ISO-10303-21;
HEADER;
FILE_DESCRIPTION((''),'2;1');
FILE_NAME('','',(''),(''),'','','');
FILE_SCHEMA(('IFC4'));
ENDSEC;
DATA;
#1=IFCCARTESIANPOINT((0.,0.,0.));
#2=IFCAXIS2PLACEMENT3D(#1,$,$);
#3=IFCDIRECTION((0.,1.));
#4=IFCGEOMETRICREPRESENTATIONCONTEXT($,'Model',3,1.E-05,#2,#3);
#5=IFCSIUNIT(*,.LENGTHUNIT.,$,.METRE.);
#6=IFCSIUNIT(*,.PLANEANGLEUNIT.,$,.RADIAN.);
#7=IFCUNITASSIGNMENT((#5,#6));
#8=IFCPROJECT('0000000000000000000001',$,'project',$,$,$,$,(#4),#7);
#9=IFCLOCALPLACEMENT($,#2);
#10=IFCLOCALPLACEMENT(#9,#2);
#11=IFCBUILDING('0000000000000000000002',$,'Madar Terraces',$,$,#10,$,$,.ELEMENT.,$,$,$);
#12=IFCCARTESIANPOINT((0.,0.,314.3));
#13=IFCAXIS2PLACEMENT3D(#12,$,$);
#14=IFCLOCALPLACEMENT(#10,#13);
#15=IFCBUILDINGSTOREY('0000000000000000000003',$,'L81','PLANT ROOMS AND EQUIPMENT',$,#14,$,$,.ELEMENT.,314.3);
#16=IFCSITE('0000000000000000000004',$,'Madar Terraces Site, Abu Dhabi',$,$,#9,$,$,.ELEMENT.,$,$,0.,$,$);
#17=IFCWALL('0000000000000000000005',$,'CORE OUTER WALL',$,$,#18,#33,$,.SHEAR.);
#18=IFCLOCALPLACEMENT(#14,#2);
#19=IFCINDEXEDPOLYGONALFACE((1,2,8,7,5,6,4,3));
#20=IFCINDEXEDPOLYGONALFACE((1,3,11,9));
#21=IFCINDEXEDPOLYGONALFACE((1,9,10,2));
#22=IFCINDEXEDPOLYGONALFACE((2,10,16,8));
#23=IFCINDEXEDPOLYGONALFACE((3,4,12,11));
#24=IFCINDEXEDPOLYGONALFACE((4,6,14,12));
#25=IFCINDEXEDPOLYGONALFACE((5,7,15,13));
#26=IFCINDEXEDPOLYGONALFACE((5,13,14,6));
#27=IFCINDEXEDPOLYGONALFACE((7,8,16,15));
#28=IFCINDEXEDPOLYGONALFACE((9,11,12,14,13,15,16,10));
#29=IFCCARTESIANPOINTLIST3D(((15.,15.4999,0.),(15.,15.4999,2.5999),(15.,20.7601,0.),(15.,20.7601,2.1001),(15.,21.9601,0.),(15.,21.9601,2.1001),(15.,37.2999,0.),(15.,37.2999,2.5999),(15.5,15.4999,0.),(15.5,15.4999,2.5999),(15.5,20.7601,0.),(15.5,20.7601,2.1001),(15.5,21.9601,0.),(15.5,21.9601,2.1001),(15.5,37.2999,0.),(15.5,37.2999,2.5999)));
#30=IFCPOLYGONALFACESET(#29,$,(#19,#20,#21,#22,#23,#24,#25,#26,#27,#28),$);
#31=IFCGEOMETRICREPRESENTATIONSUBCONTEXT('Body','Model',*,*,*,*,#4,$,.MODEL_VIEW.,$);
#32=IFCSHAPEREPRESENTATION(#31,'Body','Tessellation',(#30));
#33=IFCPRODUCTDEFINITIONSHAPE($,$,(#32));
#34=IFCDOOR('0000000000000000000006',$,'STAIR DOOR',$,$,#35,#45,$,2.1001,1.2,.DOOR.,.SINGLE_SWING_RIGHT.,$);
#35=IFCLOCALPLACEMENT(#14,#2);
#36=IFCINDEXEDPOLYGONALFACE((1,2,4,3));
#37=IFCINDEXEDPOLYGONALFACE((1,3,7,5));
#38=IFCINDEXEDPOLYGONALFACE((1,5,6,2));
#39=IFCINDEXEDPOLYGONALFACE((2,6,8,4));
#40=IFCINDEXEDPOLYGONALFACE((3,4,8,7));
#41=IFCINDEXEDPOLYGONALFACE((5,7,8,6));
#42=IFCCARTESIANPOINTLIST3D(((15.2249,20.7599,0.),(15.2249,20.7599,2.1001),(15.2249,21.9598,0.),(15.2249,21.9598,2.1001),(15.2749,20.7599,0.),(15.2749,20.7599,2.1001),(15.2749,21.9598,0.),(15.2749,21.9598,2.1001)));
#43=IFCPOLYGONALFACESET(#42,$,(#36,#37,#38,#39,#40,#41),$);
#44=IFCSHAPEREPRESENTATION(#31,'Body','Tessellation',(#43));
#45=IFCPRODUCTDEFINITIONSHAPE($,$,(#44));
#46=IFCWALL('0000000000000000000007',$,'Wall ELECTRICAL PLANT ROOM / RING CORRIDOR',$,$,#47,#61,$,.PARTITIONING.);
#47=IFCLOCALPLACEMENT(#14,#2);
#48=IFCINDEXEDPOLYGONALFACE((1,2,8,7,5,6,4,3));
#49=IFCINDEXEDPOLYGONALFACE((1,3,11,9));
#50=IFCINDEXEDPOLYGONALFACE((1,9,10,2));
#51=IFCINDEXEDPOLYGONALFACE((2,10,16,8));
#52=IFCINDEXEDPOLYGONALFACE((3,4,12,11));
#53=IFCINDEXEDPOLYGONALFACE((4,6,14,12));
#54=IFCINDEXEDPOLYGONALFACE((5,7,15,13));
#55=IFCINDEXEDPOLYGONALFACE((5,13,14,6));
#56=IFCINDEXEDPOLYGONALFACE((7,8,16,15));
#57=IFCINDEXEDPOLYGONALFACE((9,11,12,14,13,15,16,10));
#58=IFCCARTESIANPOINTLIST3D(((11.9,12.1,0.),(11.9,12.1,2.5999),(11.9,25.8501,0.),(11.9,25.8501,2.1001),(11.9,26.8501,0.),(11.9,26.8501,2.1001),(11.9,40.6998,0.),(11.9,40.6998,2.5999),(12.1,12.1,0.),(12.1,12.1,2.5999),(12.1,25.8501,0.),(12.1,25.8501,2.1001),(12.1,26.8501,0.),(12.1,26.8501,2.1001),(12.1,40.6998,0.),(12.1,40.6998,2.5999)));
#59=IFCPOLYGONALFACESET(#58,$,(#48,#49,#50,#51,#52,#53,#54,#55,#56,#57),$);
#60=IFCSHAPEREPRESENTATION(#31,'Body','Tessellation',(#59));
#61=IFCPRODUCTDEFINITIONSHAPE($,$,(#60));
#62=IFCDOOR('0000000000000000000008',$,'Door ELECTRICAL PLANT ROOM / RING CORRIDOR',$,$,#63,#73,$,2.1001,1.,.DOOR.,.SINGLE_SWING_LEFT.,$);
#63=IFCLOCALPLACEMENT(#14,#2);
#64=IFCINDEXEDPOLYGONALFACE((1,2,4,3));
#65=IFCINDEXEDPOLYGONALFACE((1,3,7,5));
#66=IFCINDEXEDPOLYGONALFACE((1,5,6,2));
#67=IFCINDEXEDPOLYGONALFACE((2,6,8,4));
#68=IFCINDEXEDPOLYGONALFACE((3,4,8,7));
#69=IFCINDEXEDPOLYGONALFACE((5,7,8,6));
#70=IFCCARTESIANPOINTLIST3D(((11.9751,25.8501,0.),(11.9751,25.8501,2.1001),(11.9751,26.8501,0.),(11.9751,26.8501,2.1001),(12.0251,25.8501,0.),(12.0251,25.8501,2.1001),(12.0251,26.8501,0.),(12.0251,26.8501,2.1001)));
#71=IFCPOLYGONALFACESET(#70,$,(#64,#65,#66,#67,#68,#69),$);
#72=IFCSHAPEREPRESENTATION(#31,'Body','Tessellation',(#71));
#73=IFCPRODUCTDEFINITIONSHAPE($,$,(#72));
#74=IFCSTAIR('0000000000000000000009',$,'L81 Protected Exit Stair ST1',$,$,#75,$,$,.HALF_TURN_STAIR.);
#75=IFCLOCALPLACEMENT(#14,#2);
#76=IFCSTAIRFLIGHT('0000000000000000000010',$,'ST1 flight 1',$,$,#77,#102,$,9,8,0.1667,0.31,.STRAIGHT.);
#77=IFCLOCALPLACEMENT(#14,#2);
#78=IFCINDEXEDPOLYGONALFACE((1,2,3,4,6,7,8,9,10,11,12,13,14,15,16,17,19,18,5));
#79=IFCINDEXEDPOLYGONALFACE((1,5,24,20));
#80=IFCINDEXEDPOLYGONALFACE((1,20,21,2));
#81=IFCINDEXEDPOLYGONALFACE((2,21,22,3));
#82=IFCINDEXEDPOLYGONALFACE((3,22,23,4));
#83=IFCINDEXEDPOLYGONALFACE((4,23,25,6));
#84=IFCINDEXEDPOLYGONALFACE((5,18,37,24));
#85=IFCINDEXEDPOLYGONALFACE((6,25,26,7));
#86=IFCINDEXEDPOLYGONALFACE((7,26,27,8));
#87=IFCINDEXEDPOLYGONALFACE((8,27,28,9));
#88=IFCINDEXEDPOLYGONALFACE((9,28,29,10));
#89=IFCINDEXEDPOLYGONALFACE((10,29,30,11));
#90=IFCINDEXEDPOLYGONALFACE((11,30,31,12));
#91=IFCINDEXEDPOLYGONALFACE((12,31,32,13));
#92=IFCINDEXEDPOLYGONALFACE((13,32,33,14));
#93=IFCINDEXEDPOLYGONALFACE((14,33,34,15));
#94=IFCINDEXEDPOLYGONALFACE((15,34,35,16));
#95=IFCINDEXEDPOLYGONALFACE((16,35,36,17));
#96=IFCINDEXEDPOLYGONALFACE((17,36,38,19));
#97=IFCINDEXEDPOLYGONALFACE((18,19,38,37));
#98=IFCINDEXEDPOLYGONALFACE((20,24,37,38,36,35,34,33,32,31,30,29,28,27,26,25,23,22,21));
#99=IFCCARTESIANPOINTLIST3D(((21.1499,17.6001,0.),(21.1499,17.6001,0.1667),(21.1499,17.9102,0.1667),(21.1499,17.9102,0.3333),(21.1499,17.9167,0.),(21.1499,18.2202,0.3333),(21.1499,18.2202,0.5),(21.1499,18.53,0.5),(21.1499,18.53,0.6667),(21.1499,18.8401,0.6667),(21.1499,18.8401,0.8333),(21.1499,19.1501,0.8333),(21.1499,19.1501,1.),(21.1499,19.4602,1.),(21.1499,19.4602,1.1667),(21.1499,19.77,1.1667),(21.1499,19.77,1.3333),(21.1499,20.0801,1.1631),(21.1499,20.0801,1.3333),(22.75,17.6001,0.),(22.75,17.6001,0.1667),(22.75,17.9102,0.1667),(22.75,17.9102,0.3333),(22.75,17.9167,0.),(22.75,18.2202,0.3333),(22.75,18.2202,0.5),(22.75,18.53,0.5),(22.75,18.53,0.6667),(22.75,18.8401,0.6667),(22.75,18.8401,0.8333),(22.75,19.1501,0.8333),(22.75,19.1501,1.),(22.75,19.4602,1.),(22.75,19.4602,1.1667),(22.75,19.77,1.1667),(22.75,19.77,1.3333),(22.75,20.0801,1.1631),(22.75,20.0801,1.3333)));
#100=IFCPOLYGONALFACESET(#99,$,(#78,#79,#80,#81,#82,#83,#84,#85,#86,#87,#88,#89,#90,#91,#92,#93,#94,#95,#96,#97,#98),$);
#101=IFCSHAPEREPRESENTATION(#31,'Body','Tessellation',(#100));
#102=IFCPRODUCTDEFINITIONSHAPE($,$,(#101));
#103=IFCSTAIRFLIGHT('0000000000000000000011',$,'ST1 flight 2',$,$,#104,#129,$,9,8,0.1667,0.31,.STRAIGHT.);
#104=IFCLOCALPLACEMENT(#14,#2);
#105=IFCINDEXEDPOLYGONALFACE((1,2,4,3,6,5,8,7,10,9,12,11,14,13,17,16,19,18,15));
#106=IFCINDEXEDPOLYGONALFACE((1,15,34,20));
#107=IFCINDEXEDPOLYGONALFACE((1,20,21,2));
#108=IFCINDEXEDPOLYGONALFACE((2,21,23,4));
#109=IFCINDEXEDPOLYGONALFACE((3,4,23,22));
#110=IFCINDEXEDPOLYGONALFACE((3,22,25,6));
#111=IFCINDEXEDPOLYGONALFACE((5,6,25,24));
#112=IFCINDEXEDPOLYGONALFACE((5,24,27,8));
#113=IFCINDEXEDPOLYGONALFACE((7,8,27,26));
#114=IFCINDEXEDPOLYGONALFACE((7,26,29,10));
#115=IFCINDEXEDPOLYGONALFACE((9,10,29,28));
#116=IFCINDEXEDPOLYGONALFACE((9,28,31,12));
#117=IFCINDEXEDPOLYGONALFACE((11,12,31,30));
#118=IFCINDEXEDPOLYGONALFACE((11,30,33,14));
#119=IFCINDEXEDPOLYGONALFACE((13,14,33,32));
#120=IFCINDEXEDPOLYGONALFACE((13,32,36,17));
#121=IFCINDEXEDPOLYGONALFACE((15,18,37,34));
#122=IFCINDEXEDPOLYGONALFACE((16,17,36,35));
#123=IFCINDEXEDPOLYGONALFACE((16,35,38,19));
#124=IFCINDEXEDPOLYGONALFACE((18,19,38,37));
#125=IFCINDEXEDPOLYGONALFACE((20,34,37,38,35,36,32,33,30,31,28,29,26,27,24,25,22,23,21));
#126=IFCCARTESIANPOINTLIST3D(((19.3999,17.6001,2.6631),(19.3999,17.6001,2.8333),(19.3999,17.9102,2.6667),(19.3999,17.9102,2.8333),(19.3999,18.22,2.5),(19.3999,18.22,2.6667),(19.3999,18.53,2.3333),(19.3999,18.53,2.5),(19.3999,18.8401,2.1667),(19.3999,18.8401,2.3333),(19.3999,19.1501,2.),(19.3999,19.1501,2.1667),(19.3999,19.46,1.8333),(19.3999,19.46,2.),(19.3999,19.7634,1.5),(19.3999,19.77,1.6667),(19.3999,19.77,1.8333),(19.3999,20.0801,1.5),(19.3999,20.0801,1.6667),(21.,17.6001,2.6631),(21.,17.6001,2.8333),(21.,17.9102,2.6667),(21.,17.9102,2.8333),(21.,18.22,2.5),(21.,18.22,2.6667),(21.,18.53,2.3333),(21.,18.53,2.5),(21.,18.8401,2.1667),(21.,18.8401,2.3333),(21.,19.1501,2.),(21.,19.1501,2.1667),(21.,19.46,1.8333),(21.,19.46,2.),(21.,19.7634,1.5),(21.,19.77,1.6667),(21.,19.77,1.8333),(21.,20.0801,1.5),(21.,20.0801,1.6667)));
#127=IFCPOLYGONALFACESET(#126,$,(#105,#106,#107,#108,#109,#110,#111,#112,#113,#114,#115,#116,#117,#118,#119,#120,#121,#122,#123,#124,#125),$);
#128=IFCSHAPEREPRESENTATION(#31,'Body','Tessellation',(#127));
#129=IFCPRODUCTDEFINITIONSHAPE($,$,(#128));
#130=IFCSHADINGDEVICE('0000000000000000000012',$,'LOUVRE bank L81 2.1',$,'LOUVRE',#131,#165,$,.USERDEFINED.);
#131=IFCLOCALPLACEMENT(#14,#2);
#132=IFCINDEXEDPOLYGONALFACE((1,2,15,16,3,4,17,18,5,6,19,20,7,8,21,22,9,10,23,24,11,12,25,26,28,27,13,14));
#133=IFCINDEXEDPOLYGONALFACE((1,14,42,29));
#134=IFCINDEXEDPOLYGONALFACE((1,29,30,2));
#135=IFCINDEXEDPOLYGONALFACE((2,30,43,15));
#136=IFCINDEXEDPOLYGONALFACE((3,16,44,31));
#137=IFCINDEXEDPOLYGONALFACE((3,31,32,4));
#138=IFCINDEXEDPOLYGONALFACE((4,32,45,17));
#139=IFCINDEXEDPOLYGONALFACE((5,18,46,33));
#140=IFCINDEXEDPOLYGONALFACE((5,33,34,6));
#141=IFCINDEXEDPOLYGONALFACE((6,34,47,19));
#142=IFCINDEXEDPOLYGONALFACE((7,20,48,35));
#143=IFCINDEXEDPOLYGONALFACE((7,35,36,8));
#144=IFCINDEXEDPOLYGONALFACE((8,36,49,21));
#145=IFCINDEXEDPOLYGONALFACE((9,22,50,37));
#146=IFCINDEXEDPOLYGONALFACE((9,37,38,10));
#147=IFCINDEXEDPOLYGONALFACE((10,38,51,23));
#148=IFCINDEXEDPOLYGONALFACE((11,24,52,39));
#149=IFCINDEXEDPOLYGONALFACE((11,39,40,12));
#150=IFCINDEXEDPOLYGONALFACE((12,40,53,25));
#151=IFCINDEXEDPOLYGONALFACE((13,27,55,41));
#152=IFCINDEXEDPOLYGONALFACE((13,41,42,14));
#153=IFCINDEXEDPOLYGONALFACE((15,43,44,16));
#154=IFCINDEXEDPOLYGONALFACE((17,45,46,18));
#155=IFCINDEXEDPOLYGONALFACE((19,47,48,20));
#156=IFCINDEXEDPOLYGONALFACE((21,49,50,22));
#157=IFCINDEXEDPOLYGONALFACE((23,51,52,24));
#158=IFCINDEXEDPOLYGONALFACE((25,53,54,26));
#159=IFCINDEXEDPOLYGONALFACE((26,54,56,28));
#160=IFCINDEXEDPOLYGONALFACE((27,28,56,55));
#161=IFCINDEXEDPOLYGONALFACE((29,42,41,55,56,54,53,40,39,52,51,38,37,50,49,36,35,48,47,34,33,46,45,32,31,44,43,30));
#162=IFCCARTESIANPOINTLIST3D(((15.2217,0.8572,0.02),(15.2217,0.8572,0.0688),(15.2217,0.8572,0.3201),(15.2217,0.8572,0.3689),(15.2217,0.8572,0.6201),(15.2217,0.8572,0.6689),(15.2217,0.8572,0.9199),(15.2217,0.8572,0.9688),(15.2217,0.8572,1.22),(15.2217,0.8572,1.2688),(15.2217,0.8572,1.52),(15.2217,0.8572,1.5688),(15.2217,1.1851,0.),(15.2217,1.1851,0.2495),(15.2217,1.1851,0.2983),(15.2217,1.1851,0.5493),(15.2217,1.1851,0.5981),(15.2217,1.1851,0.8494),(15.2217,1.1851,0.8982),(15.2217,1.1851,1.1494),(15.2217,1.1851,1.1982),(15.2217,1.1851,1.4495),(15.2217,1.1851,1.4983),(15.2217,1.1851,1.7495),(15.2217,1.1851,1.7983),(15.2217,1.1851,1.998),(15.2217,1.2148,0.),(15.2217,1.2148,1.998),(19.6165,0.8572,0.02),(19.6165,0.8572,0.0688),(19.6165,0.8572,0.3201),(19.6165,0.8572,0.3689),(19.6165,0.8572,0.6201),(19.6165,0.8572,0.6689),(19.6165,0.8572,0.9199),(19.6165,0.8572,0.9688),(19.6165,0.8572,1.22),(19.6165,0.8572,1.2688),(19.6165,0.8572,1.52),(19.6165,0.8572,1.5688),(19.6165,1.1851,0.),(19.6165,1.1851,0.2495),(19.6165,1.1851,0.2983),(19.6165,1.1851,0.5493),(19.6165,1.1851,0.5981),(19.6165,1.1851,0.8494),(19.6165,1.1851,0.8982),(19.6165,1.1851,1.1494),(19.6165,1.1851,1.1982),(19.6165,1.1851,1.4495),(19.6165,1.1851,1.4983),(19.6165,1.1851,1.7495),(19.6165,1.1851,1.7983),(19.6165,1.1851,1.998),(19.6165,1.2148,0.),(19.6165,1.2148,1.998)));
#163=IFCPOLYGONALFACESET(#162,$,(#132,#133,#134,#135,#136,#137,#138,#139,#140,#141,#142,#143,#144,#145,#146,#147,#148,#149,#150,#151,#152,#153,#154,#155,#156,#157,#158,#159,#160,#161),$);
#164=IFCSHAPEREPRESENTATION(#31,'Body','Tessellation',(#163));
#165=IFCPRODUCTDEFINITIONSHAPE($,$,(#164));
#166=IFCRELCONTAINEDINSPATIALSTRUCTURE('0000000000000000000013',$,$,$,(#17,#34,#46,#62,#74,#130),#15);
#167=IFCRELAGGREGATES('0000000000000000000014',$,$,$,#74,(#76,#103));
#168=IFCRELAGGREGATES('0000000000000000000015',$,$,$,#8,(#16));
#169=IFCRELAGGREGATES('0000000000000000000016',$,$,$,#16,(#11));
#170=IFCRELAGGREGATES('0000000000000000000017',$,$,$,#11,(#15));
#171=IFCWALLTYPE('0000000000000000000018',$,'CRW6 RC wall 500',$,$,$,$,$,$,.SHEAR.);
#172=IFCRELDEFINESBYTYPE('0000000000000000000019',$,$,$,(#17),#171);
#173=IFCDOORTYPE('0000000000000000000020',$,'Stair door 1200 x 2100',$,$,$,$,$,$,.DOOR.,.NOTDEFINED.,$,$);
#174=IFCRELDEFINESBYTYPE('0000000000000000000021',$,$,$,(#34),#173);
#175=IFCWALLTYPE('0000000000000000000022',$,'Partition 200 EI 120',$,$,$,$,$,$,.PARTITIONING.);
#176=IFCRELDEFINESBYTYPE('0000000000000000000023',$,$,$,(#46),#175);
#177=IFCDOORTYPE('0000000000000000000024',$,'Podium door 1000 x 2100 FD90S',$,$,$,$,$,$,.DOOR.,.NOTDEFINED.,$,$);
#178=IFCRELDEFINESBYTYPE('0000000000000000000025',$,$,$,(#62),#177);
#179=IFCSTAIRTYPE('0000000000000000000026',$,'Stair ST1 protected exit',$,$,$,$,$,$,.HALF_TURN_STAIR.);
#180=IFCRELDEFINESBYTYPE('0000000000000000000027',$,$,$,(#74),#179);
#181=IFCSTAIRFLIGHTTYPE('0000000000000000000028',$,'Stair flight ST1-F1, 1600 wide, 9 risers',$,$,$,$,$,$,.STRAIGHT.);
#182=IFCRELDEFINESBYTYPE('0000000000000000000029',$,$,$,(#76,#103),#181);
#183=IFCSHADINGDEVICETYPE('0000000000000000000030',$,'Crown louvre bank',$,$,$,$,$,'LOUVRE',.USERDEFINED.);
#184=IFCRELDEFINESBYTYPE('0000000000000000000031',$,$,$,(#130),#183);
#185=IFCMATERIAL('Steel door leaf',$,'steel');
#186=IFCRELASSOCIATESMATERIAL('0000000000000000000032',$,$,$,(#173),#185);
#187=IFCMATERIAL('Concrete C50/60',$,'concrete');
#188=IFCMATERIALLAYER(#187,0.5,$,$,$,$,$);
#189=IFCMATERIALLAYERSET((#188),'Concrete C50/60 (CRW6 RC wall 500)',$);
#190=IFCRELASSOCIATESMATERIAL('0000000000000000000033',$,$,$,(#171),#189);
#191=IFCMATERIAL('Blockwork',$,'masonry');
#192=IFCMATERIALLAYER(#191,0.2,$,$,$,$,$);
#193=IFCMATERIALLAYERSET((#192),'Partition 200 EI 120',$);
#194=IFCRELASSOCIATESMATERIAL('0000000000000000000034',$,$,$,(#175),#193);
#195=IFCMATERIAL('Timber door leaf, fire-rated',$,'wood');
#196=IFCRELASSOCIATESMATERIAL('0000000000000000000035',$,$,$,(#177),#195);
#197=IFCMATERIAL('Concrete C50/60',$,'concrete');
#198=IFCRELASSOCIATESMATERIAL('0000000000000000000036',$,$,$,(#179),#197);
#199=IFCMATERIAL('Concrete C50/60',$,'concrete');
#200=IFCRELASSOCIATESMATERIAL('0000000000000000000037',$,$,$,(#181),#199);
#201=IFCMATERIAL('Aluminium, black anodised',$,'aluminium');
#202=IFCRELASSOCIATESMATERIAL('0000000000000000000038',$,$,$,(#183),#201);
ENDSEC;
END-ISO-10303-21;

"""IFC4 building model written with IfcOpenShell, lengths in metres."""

from ifc_helpers import new_model, si_unit, direction, frame, frame_2d, origin, place, context, subcontext, project, spatial, polyline, rectangle, outline, extrude, material, layer, layer_set, type_object, element, fill, aggregate, save


model = new_model("IFC4")

# Units and contexts
model_context = context("Model", 3, precision=1e-05, world=origin(), true_north=direction((0.0, 1.0)))
body_context = subcontext(model_context, "Body", "Model", "MODEL_VIEW")
ifc_project = project(units=[si_unit("LENGTHUNIT", "METRE"), si_unit("PLANEANGLEUNIT", "RADIAN")], contexts=[model_context])

# Site, building, storey
site_placement = place(None, origin())
site = spatial("IfcSite", under=ifc_project, at=site_placement, Name="Madar Terraces Site, Abu Dhabi", CompositionType="ELEMENT", RefElevation=0.0)
building_placement = place(site_placement, origin())
building = spatial("IfcBuilding", under=site, at=building_placement, Name="Madar Terraces", CompositionType="ELEMENT")
storey_placement = place(building_placement, frame((0.0, 0.0, 314.3)))
storey = spatial("IfcBuildingStorey", under=building, at=storey_placement, Name="L81", Description="PLANT ROOMS AND EQUIPMENT", CompositionType="ELEMENT", Elevation=314.3)

# Shared definitions
ifc_material_1 = material(Name="Steel door leaf", Category="steel")
door_type_1 = type_object("IfcDoorType", Name="Stair door 1200 x 2100", OperationType="NOTDEFINED", PredefinedType="DOOR", material=ifc_material_1)

# Walls, openings, doors
ifc_material_2 = material(Name="Concrete C50/60", Category="concrete")
ifc_layer_1 = layer(ifc_material_2, 0.5)
ifc_layer_set_1 = layer_set([ifc_layer_1], Name="Concrete C50/60 (CRW6 RC wall 500)")
wall_type_1 = type_object("IfcWallType", Name="CRW6 RC wall 500", PredefinedType="SHEAR", material=ifc_layer_set_1)
wall_1_placement = place(storey_placement, frame((15.25, 15.5, 0.0), z_axis=(0.0, 0.0, 1.0), x_axis=(0.0, 1.0, 0.0)))
wall_1 = element("IfcWall", 1, at=wall_1_placement, inside=storey, type_object=wall_type_1, Name="CORE OUTER WALL", PredefinedType="SHEAR", context=body_context, shape_type="SweptSolid", body=[
    extrude(rectangle(XDim=21.8, YDim=0.5, at=frame_2d((10.8999, 0.0))), origin(), (0.0, 0.0, 1.0), 2.5999),
])
opening_1_placement = place(wall_1_placement, frame((5.26, 0.0, 0.0)))
opening_1 = element("IfcOpeningElement", 2, at=opening_1_placement, cuts=wall_1, PredefinedType="OPENING", context=body_context, shape_type="SweptSolid", body=[
    extrude(rectangle(XDim=1.2, YDim=2.1001, at=frame_2d((0.6001, 1.05))), frame((0.0, 0.26, 0.0), z_axis=(0.0, -1.0, 0.0), x_axis=(1.0, 0.0, 0.0)), (0.0, 0.0, 1.0), 0.52),
])
door_1_placement = place(opening_1_placement, frame((1.2, 0.0, 0.0), z_axis=(0.0, 0.0, 1.0), x_axis=(-1.0, 0.0, 0.0)))
door_1 = element("IfcDoor", 3, at=door_1_placement, inside=storey, type_object=door_type_1, Name="STAIR DOOR", OperationType="SINGLE_SWING_RIGHT", OverallHeight=2.1001, OverallWidth=1.2, PredefinedType="DOOR", context=body_context, shape_type="SweptSolid", body=[
    extrude(rectangle(XDim=1.2, YDim=2.1001, at=frame_2d((0.6001, 1.05))), frame((0.0, 0.0249, 0.0), z_axis=(0.0, -1.0, 0.0), x_axis=(1.0, 0.0, 0.0)), (0.0, 0.0, 1.0), 0.05),
])
fill(opening_1, door_1)
ifc_material_3 = material(Name="Blockwork", Category="masonry")
ifc_layer_2 = layer(ifc_material_3, 0.2)
ifc_layer_set_2 = layer_set([ifc_layer_2], Name="Partition 200 EI 120")
wall_type_2 = type_object("IfcWallType", Name="Partition 200 EI 120", PredefinedType="PARTITIONING", material=ifc_layer_set_2)
wall_2_placement = place(storey_placement, frame((12.0, 12.1001, 0.0), z_axis=(0.0, 0.0, 1.0), x_axis=(0.0, 1.0, 0.0)))
wall_2 = element("IfcWall", 4, at=wall_2_placement, inside=storey, type_object=wall_type_2, Name="Wall ELECTRICAL PLANT ROOM / RING CORRIDOR", PredefinedType="PARTITIONING", context=body_context, shape_type="SweptSolid", body=[
    extrude(rectangle(XDim=28.5999, YDim=0.2, at=frame_2d((14.2998, 0.0))), origin(), (0.0, 0.0, 1.0), 2.5999),
])
opening_2_placement = place(wall_2_placement, frame((13.75, 0.0, 0.0)))
opening_2 = element("IfcOpeningElement", 5, at=opening_2_placement, cuts=wall_2, PredefinedType="OPENING", context=body_context, shape_type="SweptSolid", body=[
    extrude(rectangle(XDim=1.0, YDim=2.1001, at=frame_2d((0.5, 1.05))), frame((0.0, 0.1099, 0.0), z_axis=(0.0, -1.0, 0.0), x_axis=(1.0, 0.0, 0.0)), (0.0, 0.0, 1.0), 0.22),
])
ifc_material_4 = material(Name="Timber door leaf, fire-rated", Category="wood")
door_type_2 = type_object("IfcDoorType", Name="Podium door 1000 x 2100 FD90S", OperationType="NOTDEFINED", PredefinedType="DOOR", material=ifc_material_4)
door_2_placement = place(opening_2_placement, origin())
door_2 = element("IfcDoor", 6, at=door_2_placement, inside=storey, type_object=door_type_2, Name="Door ELECTRICAL PLANT ROOM / RING CORRIDOR", OperationType="SINGLE_SWING_LEFT", OverallHeight=2.1001, OverallWidth=1.0, PredefinedType="DOOR", context=body_context, shape_type="SweptSolid", body=[
    extrude(rectangle(XDim=1.0, YDim=2.1001, at=frame_2d((0.5, 1.05))), frame((0.0, 0.0249, 0.0), z_axis=(0.0, -1.0, 0.0), x_axis=(1.0, 0.0, 0.0)), (0.0, 0.0, 1.0), 0.05),
])
fill(opening_2, door_2)

# Stair, stair flights
ifc_material_5 = material(Name="Concrete C50/60", Category="concrete")
stair_type = type_object("IfcStairType", Name="Stair ST1 protected exit", PredefinedType="HALF_TURN_STAIR", material=ifc_material_5)
stair_placement = place(storey_placement, origin())
stair = element("IfcStair", 7, at=stair_placement, inside=storey, type_object=stair_type, Name="L81 Protected Exit Stair ST1", PredefinedType="HALF_TURN_STAIR")
ifc_material_6 = material(Name="Concrete C50/60", Category="concrete")
stair_flight_type = type_object("IfcStairFlightType", Name="Stair flight ST1-F1, 1600 wide, 9 risers", PredefinedType="STRAIGHT", material=ifc_material_6)
stair_flight_1_placement = place(storey_placement, frame((21.95, 17.6001, 0.0), z_axis=(0.0, 0.0, 1.0), x_axis=(0.0, 1.0, 0.0)))
stair_flight_1 = element("IfcStairFlight", 8, at=stair_flight_1_placement, type_object=stair_flight_type, Name="ST1 flight 1", NumberOfRisers=9, NumberOfTreads=8, PredefinedType="STRAIGHT", RiserHeight=0.1667, TreadLength=0.31, context=body_context, shape_type="SweptSolid", body=[
    extrude(outline(polyline([(0.0, 0.0), (0.0, 0.1667), (0.3101, 0.1667), (0.3101, 0.3333), (0.6201, 0.3333), (0.6201, 0.5), (0.9299, 0.5), (0.9299, 0.6667), (1.24, 0.6667), (1.24, 0.8333), (1.55, 0.8333), (1.55, 1.0), (1.8601, 1.0), (1.8601, 1.1667), (2.1699, 1.1667), (2.1699, 1.3333), (2.48, 1.3333), (2.48, 1.5), (2.48, 1.1631), (0.3167, 0.0), (0.0, 0.0)])), frame((0.0, 0.8, 0.0), z_axis=(0.0, -1.0, 0.0), x_axis=(1.0, 0.0, 0.0)), (0.0, 0.0, 1.0), 1.6001),
])
stair_flight_2_placement = place(storey_placement, frame((20.2, 20.0801, 1.5), z_axis=(0.0, 0.0, 1.0), x_axis=(0.0, -1.0, 0.0)))
stair_flight_2 = element("IfcStairFlight", 9, at=stair_flight_2_placement, type_object=stair_flight_type, Name="ST1 flight 2", NumberOfRisers=9, NumberOfTreads=8, PredefinedType="STRAIGHT", RiserHeight=0.1667, TreadLength=0.31, context=body_context, shape_type="SweptSolid", body=[
    extrude(outline(polyline([(0.0, 0.0), (0.0, 0.1667), (0.3101, 0.1667), (0.3101, 0.3333), (0.6201, 0.3333), (0.6201, 0.5), (0.9299, 0.5), (0.9299, 0.6667), (1.24, 0.6667), (1.24, 0.8333), (1.55, 0.8333), (1.55, 1.0), (1.8601, 1.0), (1.8601, 1.1667), (2.1699, 1.1667), (2.1699, 1.3333), (2.48, 1.3333), (2.48, 1.5), (2.48, 1.1631), (0.3167, 0.0), (0.0, 0.0)])), frame((0.0, 0.8, 0.0), z_axis=(0.0, -1.0, 0.0), x_axis=(1.0, 0.0, 0.0)), (0.0, 0.0, 1.0), 1.6001),
])
aggregate(stair, [stair_flight_1, stair_flight_2])

# Shading device
ifc_material_7 = material(Name="Aluminium, black anodised", Category="aluminium")
shading_device_type = type_object("IfcShadingDeviceType", Name="Crown louvre bank", ElementType="LOUVRE", PredefinedType="USERDEFINED", material=ifc_material_7)
shading_device_1_placement = place(storey_placement, frame((15.2217, 1.2, 0.0), z_axis=(1.0, 0.0, 0.0), x_axis=(0.0, 1.0, 0.0)))
element("IfcShadingDevice", 10, at=shading_device_1_placement, inside=storey, type_object=shading_device_type, Name="LOUVRE bank L81 2.1", ObjectType="LOUVRE", PredefinedType="USERDEFINED", context=body_context, shape_type="SweptSolid", body=[
    extrude(outline(polyline([(0.0149, 0.0), (-0.0149, 0.0), (-0.0149, 0.2495), (-0.3428, 0.02), (-0.3428, 0.0688), (-0.0149, 0.2983), (-0.0149, 0.5493), (-0.3428, 0.3201), (-0.3428, 0.3689), (-0.0149, 0.5981), (-0.0149, 0.8494), (-0.3428, 0.6201), (-0.3428, 0.6689), (-0.0149, 0.8982), (-0.0149, 1.1494), (-0.3428, 0.9199), (-0.3428, 0.9688), (-0.0149, 1.1982), (-0.0149, 1.4495), (-0.3428, 1.22), (-0.3428, 1.2688), (-0.0149, 1.4983), (-0.0149, 1.7495), (-0.3428, 1.52), (-0.3428, 1.5688), (-0.0149, 1.7983), (-0.0149, 1.998), (0.0149, 1.998), (0.0149, 0.0)])), origin(), (0.0, 0.0, 1.0), 4.3948),
])

save(model, "model.ifc")
